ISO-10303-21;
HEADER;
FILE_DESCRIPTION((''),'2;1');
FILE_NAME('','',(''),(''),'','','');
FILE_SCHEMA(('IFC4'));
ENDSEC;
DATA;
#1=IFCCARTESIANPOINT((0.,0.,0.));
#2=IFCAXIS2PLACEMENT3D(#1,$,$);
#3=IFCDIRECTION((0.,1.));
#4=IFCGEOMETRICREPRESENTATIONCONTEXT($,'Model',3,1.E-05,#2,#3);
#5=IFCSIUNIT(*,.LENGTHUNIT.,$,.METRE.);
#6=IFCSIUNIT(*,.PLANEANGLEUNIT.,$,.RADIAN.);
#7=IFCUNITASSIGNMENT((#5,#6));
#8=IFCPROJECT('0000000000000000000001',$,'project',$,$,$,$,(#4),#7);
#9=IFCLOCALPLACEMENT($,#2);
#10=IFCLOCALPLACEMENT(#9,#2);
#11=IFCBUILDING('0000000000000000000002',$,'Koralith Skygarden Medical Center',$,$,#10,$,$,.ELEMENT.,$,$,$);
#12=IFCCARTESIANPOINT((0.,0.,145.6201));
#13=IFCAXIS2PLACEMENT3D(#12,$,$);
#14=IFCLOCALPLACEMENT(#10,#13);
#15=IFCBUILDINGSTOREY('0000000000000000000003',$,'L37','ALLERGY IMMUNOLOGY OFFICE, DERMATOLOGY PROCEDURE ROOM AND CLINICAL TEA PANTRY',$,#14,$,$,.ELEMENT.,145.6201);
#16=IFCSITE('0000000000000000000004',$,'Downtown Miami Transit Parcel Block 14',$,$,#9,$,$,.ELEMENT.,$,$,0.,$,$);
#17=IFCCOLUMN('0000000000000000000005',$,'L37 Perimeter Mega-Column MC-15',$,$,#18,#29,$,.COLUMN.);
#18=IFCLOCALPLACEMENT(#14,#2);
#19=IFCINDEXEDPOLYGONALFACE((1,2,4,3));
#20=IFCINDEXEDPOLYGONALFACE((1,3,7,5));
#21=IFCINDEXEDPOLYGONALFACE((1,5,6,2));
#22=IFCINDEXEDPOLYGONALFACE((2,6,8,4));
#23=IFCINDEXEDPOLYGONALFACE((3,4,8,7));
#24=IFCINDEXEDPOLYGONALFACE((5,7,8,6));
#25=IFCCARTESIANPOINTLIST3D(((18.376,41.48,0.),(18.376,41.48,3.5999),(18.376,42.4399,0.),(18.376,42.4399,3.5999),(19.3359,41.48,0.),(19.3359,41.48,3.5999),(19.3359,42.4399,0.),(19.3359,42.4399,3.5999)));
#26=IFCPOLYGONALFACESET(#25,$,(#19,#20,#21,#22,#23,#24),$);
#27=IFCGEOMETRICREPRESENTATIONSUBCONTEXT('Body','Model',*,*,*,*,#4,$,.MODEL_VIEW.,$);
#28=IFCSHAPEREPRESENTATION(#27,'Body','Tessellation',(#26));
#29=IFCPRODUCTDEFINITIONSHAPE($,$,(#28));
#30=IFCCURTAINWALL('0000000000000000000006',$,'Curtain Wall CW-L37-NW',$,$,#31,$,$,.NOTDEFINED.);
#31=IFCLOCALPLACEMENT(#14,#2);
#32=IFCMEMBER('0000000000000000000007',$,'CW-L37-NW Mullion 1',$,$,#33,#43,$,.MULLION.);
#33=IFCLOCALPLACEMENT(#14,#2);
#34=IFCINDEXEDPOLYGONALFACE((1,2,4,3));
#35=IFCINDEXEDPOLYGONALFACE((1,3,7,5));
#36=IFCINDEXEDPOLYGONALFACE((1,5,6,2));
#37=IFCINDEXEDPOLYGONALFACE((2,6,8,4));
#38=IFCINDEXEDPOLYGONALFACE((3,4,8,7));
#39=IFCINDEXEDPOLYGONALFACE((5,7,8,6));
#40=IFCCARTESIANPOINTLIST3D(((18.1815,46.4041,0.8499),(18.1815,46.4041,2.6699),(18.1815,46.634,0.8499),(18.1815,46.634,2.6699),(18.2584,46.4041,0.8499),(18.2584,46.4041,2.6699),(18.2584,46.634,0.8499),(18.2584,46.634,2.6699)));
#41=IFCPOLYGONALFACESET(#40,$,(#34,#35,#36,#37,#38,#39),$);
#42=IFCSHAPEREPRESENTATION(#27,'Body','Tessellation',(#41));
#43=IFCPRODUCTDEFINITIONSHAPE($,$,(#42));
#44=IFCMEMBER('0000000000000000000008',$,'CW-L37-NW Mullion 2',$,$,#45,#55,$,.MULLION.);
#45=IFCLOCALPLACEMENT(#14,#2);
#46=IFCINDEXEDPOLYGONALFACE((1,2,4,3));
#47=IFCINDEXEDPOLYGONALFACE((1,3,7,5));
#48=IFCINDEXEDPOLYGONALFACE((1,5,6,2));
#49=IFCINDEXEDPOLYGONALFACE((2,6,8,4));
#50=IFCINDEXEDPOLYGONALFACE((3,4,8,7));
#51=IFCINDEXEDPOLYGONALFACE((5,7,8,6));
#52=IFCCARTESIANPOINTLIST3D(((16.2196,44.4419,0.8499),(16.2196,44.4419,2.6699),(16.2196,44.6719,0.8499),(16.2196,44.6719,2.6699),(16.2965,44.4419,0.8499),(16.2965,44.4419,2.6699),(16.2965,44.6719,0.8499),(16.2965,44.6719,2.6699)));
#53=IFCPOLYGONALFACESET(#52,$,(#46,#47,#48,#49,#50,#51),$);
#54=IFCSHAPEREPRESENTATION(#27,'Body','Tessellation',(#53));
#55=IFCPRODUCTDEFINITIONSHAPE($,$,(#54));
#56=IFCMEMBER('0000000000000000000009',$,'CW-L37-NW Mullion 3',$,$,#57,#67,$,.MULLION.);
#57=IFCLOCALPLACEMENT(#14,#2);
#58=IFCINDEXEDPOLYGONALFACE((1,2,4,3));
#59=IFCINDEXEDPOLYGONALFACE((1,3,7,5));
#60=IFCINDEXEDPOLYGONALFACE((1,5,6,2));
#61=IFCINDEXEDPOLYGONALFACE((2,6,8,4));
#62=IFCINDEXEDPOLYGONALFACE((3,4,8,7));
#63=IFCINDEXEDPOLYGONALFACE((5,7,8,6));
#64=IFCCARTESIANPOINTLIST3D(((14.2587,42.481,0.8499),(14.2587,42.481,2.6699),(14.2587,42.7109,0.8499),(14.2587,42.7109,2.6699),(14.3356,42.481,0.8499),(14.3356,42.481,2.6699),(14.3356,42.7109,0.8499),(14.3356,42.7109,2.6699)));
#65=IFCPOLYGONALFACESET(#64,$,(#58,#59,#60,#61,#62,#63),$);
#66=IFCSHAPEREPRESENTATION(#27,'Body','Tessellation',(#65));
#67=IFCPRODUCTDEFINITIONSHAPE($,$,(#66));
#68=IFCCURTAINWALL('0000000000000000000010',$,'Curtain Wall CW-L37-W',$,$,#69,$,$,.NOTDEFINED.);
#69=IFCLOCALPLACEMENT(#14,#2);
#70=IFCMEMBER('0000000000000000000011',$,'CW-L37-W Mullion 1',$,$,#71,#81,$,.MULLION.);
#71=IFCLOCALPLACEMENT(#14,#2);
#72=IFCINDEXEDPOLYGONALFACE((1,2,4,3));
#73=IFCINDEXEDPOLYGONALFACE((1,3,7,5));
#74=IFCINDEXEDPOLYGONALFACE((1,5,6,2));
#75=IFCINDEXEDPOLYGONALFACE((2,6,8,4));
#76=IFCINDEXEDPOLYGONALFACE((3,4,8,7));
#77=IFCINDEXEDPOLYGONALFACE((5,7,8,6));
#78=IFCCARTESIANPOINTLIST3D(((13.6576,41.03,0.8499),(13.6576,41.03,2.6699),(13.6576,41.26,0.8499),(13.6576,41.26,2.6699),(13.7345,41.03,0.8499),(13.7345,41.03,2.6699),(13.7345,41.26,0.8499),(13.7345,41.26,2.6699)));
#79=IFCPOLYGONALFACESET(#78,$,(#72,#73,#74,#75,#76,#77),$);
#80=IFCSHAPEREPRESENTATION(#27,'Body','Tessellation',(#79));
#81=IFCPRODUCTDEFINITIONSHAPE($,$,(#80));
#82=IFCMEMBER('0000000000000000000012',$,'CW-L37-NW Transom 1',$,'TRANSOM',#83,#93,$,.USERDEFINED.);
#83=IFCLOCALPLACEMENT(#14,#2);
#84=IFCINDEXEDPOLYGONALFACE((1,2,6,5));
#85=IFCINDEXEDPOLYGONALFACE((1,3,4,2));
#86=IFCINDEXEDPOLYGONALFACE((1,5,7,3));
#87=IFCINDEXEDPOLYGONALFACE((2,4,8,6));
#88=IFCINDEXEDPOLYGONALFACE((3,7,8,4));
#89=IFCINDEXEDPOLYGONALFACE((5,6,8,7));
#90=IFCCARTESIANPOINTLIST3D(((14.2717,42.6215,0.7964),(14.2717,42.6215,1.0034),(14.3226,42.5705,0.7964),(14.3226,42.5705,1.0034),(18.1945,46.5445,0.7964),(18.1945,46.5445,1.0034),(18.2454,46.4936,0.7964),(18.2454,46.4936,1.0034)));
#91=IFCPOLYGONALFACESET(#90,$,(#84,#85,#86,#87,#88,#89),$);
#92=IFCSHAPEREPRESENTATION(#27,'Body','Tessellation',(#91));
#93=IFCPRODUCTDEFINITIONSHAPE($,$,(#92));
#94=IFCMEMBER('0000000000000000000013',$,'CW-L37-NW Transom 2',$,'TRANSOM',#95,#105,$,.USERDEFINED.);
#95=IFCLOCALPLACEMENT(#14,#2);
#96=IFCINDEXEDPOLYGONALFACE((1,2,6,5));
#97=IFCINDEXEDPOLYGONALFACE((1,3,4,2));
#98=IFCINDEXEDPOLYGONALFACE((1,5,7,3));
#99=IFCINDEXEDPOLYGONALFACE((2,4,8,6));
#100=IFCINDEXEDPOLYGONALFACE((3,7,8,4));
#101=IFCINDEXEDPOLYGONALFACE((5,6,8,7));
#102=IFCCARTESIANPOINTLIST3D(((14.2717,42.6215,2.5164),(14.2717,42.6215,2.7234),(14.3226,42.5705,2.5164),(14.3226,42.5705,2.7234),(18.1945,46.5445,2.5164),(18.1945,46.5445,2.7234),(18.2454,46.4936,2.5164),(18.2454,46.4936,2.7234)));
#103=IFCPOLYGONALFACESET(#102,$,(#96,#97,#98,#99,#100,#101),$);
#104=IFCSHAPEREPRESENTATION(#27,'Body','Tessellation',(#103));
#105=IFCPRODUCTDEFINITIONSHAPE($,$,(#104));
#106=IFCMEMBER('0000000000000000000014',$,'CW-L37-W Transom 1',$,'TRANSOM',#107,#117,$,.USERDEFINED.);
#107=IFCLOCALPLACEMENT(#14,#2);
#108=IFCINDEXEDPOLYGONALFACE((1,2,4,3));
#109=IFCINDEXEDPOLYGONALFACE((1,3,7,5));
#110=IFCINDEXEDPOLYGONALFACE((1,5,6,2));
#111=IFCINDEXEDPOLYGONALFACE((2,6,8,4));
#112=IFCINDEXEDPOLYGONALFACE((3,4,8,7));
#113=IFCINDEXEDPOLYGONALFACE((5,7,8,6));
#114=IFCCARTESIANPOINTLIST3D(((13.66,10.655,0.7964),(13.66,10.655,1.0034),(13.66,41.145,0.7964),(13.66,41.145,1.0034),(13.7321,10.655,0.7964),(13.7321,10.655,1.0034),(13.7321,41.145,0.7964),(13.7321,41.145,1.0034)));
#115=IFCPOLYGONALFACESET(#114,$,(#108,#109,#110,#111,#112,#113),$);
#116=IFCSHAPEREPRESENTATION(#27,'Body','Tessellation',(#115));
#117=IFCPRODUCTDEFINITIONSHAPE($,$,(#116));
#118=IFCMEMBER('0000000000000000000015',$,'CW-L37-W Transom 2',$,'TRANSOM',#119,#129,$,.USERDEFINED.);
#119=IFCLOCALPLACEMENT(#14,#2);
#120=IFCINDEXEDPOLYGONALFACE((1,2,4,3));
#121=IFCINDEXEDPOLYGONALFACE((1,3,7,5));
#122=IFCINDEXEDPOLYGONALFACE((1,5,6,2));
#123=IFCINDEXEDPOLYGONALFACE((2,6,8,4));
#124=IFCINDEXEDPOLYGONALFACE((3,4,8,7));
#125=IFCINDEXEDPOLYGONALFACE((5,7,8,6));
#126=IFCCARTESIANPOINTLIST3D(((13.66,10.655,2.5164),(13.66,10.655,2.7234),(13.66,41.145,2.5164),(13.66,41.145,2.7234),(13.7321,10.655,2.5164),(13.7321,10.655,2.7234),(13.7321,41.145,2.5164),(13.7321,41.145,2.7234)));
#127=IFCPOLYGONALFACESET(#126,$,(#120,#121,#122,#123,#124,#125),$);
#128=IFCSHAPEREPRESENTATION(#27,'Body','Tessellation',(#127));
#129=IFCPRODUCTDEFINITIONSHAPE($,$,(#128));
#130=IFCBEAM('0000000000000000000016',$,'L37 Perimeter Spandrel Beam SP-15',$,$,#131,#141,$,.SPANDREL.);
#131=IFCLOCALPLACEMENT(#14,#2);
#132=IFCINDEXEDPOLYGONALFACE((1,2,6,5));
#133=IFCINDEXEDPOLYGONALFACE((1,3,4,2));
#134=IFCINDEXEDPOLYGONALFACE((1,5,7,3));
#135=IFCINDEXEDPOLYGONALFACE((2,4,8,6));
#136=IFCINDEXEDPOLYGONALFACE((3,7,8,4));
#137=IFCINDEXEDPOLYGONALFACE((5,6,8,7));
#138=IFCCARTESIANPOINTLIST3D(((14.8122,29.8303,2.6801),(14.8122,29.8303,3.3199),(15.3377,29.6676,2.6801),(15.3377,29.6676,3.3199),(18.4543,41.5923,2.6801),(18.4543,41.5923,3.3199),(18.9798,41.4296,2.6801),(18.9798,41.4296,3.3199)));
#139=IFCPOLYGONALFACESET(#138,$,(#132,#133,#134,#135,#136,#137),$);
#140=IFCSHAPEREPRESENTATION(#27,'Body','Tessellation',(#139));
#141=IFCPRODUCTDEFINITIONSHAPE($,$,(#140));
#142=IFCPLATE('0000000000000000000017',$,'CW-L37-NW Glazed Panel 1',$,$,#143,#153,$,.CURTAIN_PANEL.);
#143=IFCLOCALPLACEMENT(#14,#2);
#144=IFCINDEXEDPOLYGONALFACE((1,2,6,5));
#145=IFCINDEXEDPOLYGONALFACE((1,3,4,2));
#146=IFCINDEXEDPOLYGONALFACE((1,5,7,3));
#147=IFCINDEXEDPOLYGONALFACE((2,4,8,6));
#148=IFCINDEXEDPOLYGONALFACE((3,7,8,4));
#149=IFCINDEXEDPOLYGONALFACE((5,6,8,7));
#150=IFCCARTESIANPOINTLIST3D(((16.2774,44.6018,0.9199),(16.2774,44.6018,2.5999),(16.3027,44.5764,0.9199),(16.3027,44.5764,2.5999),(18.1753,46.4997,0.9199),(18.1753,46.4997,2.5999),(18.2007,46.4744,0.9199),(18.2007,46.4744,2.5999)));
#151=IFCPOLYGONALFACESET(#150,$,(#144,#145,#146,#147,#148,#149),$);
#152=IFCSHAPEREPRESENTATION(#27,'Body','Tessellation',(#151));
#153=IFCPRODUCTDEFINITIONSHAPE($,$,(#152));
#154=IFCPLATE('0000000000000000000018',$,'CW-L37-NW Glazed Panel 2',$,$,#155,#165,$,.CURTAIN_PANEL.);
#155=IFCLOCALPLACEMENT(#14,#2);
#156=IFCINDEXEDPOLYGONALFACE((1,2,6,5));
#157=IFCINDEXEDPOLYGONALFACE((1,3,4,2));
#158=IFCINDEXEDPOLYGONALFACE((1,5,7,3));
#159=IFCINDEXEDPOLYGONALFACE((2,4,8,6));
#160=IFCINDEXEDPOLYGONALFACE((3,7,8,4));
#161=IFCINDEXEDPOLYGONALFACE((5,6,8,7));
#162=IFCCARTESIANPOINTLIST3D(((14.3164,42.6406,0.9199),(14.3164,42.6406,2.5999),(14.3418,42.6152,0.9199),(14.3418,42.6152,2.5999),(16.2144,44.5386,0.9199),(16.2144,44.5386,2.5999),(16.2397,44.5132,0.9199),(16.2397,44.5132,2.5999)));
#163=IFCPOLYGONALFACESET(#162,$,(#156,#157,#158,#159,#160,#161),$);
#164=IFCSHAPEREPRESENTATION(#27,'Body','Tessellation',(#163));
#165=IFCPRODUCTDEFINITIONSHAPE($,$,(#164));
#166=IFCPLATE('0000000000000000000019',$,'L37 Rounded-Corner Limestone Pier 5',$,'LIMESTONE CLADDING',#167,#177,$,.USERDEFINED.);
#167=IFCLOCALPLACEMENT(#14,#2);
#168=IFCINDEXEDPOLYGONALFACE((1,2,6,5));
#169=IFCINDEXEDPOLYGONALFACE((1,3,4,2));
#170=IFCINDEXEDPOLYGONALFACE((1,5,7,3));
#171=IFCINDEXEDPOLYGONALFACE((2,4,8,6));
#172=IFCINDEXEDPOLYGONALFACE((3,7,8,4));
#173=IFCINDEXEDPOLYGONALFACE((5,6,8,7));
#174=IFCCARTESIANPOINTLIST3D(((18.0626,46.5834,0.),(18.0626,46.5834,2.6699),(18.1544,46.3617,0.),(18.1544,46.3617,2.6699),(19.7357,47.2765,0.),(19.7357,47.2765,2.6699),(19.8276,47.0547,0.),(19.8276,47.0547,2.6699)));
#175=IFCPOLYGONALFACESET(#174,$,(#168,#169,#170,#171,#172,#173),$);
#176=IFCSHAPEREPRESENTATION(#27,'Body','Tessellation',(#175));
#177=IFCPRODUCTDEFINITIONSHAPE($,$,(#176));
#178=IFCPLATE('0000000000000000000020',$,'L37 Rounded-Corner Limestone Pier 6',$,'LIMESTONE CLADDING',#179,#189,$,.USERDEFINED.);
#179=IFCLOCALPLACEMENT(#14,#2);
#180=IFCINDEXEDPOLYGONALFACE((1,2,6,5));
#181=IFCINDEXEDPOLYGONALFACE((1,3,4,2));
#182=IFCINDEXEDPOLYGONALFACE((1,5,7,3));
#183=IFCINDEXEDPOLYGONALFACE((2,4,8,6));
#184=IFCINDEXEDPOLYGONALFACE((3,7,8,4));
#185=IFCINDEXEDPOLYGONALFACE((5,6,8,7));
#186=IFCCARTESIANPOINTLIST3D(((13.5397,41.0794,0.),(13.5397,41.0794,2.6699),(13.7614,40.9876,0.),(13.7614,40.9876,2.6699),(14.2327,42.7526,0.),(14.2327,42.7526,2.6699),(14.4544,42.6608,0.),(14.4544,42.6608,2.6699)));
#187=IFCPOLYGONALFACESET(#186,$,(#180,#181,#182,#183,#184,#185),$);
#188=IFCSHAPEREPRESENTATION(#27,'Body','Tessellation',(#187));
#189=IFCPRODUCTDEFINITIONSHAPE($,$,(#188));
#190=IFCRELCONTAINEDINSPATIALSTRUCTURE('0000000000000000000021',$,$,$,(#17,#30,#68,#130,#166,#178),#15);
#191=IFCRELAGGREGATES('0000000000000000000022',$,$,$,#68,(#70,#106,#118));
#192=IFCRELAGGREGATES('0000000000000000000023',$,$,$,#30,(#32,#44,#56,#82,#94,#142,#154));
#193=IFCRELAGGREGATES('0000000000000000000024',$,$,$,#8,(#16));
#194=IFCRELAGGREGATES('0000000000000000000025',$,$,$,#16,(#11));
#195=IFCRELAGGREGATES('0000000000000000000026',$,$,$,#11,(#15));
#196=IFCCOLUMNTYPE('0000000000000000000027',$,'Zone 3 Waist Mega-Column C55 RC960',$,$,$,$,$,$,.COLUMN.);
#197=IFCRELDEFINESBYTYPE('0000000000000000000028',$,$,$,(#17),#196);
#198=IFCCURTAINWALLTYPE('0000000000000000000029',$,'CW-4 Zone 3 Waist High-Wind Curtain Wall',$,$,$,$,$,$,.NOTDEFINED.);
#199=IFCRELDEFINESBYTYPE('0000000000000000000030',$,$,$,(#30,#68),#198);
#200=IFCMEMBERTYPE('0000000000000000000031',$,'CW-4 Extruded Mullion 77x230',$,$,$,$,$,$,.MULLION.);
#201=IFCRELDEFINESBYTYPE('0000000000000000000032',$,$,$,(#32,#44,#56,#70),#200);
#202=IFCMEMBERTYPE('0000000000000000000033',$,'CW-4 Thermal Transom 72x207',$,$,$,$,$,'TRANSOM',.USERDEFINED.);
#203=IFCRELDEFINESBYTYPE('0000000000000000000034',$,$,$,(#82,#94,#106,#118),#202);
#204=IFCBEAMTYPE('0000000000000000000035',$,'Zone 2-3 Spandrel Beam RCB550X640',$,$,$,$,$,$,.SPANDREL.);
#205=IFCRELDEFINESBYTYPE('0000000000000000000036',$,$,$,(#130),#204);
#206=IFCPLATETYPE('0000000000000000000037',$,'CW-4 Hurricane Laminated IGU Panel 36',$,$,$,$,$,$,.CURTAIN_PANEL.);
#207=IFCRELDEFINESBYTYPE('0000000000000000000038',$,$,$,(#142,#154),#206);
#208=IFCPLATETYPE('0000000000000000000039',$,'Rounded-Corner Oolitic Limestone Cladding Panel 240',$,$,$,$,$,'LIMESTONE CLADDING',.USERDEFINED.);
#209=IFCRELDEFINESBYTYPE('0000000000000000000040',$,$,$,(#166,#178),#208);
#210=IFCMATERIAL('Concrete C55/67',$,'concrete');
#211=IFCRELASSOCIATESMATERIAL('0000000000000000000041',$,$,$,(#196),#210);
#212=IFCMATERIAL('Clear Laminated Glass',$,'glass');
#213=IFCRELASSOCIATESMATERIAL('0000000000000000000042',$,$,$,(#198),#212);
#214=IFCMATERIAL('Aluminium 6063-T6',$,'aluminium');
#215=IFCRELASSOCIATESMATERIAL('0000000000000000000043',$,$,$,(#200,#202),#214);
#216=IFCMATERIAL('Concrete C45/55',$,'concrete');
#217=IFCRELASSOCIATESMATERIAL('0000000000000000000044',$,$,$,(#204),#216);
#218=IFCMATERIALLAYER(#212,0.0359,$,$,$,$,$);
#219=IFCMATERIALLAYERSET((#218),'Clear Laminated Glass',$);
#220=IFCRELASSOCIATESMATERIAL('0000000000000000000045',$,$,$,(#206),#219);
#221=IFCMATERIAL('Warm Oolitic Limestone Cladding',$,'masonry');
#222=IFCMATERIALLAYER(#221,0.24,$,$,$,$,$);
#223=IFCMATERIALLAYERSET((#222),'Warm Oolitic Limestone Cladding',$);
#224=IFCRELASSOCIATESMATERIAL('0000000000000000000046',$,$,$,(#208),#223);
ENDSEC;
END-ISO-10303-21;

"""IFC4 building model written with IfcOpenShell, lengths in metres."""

from ifc_helpers import new_model, si_unit, direction, frame, origin, origin_2d, place, context, subcontext, project, spatial, rectangle, extrude, material, layer, layer_set, material_profile, profile_set, type_object, element, aggregate, save


model = new_model("IFC4")

# Units and contexts
model_context = context("Model", 3, precision=1e-05, world=origin(), true_north=direction((0.0, 1.0)))
body_context = subcontext(model_context, "Body", "Model", "MODEL_VIEW")
ifc_project = project(units=[si_unit("LENGTHUNIT", "METRE"), si_unit("PLANEANGLEUNIT", "RADIAN")], contexts=[model_context])

# Site, building, storey
site_placement = place(None, origin())
site = spatial("IfcSite", under=ifc_project, at=site_placement, Name="Downtown Miami Transit Parcel Block 14", CompositionType="ELEMENT", RefElevation=0.0)
building_placement = place(site_placement, origin())
building = spatial("IfcBuilding", under=site, at=building_placement, Name="Koralith Skygarden Medical Center", CompositionType="ELEMENT")
storey_placement = place(building_placement, frame((0.0, 0.0, 145.6201)))
storey = spatial("IfcBuildingStorey", under=building, at=storey_placement, Name="L37", Description="ALLERGY IMMUNOLOGY OFFICE, DERMATOLOGY PROCEDURE ROOM AND CLINICAL TEA PANTRY", CompositionType="ELEMENT", Elevation=145.6201)

# Column
ifc_material_1 = material(Name="Concrete C55/67", Category="concrete")
ifc_material_profile_1 = material_profile(ifc_material_1, rectangle(XDim=0.96, YDim=0.96, at=origin_2d()), Name="RC960X960")
ifc_profile_set_1 = profile_set([ifc_material_profile_1], Name="Concrete C55/67")
column_type = type_object("IfcColumnType", Name="Zone 3 Waist Mega-Column C55 RC960", PredefinedType="COLUMN", material=ifc_profile_set_1)
column_placement = place(storey_placement, frame((18.856, 41.96, 0.0), z_axis=(0.0, 0.0, 1.0), x_axis=(1.0, 0.0, 0.0)))
element("IfcColumn", 1, at=column_placement, inside=storey, type_object=column_type, Name="L37 Perimeter Mega-Column MC-15", PredefinedType="COLUMN", context=body_context, shape_type="SweptSolid", body=[
    extrude(rectangle(XDim=0.96, YDim=0.96, at=origin_2d()), origin(), (0.0, 0.0, 1.0), 3.5999),
])

# Curtain wall, members
ifc_material_2 = material(Name="Clear Laminated Glass", Category="glass")
curtain_wall_type = type_object("IfcCurtainWallType", Name="CW-4 Zone 3 Waist High-Wind Curtain Wall", PredefinedType="NOTDEFINED", material=ifc_material_2)
curtain_wall_1_placement = place(storey_placement, origin())
curtain_wall_1 = element("IfcCurtainWall", 2, at=curtain_wall_1_placement, inside=storey, type_object=curtain_wall_type, Name="Curtain Wall CW-L37-NW", PredefinedType="NOTDEFINED")
ifc_material_3 = material(Name="Aluminium 6063-T6", Category="aluminium")
ifc_material_profile_2 = material_profile(ifc_material_3, rectangle(XDim=0.0769, YDim=0.23, at=origin_2d()), Name="MUL77X230")
ifc_profile_set_2 = profile_set([ifc_material_profile_2], Name="Aluminium 6063-T6")
member_type_1 = type_object("IfcMemberType", Name="CW-4 Extruded Mullion 77x230", PredefinedType="MULLION", material=ifc_profile_set_2)
member_1_placement = place(storey_placement, frame((18.22, 46.519, 0.8499), z_axis=(0.0, 0.0, 1.0), x_axis=(1.0, 0.0, 0.0)))
member_1 = element("IfcMember", 3, at=member_1_placement, type_object=member_type_1, Name="CW-L37-NW Mullion 1", PredefinedType="MULLION", context=body_context, shape_type="SweptSolid", body=[
    extrude(rectangle(XDim=0.0769, YDim=0.23, at=origin_2d()), origin(), (0.0, 0.0, 1.0), 1.8201),
])
member_2_placement = place(storey_placement, frame((16.2581, 44.5569, 0.8499), z_axis=(0.0, 0.0, 1.0), x_axis=(1.0, 0.0, 0.0)))
member_2 = element("IfcMember", 4, at=member_2_placement, type_object=member_type_1, Name="CW-L37-NW Mullion 2", PredefinedType="MULLION", context=body_context, shape_type="SweptSolid", body=[
    extrude(rectangle(XDim=0.0769, YDim=0.23, at=origin_2d()), origin(), (0.0, 0.0, 1.0), 1.8201),
])
member_3_placement = place(storey_placement, frame((14.2971, 42.5959, 0.8499), z_axis=(0.0, 0.0, 1.0), x_axis=(1.0, 0.0, 0.0)))
member_3 = element("IfcMember", 5, at=member_3_placement, type_object=member_type_1, Name="CW-L37-NW Mullion 3", PredefinedType="MULLION", context=body_context, shape_type="SweptSolid", body=[
    extrude(rectangle(XDim=0.0769, YDim=0.23, at=origin_2d()), origin(), (0.0, 0.0, 1.0), 1.8201),
])

# Curtain wall, member
curtain_wall_2_placement = place(storey_placement, origin())
curtain_wall_2 = element("IfcCurtainWall", 6, at=curtain_wall_2_placement, inside=storey, type_object=curtain_wall_type, Name="Curtain Wall CW-L37-W", PredefinedType="NOTDEFINED")
member_4_placement = place(storey_placement, frame((13.696, 41.145, 0.8499), z_axis=(0.0, 0.0, 1.0), x_axis=(1.0, 0.0, 0.0)))
member_4 = element("IfcMember", 7, at=member_4_placement, type_object=member_type_1, Name="CW-L37-W Mullion 1", PredefinedType="MULLION", context=body_context, shape_type="SweptSolid", body=[
    extrude(rectangle(XDim=0.0769, YDim=0.23, at=origin_2d()), origin(), (0.0, 0.0, 1.0), 1.8201),
])

# Members
ifc_material_profile_3 = material_profile(ifc_material_3, rectangle(XDim=0.072, YDim=0.207, at=origin_2d()), Name="TRN72X207")
ifc_profile_set_3 = profile_set([ifc_material_profile_3], Name="Aluminium 6063-T6")
member_type_2 = type_object("IfcMemberType", Name="CW-4 Thermal Transom 72x207", ElementType="TRANSOM", PredefinedType="USERDEFINED", material=ifc_profile_set_3)
member_5_placement = place(storey_placement, frame((18.22, 46.519, 0.8999), z_axis=(-0.707085, -0.707129, 0.0), x_axis=(0.707129, -0.707085, 0.0)))
member_5 = element("IfcMember", 8, at=member_5_placement, type_object=member_type_2, Name="CW-L37-NW Transom 1", ObjectType="TRANSOM", PredefinedType="USERDEFINED", context=body_context, shape_type="SweptSolid", body=[
    extrude(rectangle(XDim=0.072, YDim=0.207, at=origin_2d()), origin(), (0.0, 0.0, 1.0), 5.5479),
])
member_6_placement = place(storey_placement, frame((18.22, 46.519, 2.6199), z_axis=(-0.707085, -0.707129, 0.0), x_axis=(0.707129, -0.707085, 0.0)))
member_6 = element("IfcMember", 9, at=member_6_placement, type_object=member_type_2, Name="CW-L37-NW Transom 2", ObjectType="TRANSOM", PredefinedType="USERDEFINED", context=body_context, shape_type="SweptSolid", body=[
    extrude(rectangle(XDim=0.072, YDim=0.207, at=origin_2d()), origin(), (0.0, 0.0, 1.0), 5.5479),
])
member_7_placement = place(storey_placement, frame((13.696, 41.145, 0.8999), z_axis=(0.0, -1.0, 0.0), x_axis=(1.0, 0.0, 0.0)))
member_7 = element("IfcMember", 10, at=member_7_placement, type_object=member_type_2, Name="CW-L37-W Transom 1", ObjectType="TRANSOM", PredefinedType="USERDEFINED", context=body_context, shape_type="SweptSolid", body=[
    extrude(rectangle(XDim=0.072, YDim=0.207, at=origin_2d()), origin(), (0.0, 0.0, 1.0), 30.49),
])
member_8_placement = place(storey_placement, frame((13.696, 41.145, 2.6199), z_axis=(0.0, -1.0, 0.0), x_axis=(1.0, 0.0, 0.0)))
member_8 = element("IfcMember", 11, at=member_8_placement, type_object=member_type_2, Name="CW-L37-W Transom 2", ObjectType="TRANSOM", PredefinedType="USERDEFINED", context=body_context, shape_type="SweptSolid", body=[
    extrude(rectangle(XDim=0.072, YDim=0.207, at=origin_2d()), origin(), (0.0, 0.0, 1.0), 30.49),
])
aggregate(curtain_wall_2, [member_4, member_7, member_8])

# Beam
ifc_material_4 = material(Name="Concrete C45/55", Category="concrete")
ifc_material_profile_4 = material_profile(ifc_material_4, rectangle(XDim=0.55, YDim=0.6399, at=origin_2d()), Name="RCB550X640")
ifc_profile_set_4 = profile_set([ifc_material_profile_4], Name="Concrete C45/55")
beam_type = type_object("IfcBeamType", Name="Zone 2-3 Spandrel Beam RCB550X640", PredefinedType="SPANDREL", material=ifc_profile_set_4)
beam_placement = place(storey_placement, frame((18.717, 41.511, 3.0), z_axis=(-0.295794, -0.955252, 0.0), x_axis=(0.955252, -0.295794, 0.0)))
element("IfcBeam", 12, at=beam_placement, inside=storey, type_object=beam_type, Name="L37 Perimeter Spandrel Beam SP-15", PredefinedType="SPANDREL", context=body_context, shape_type="SweptSolid", body=[
    extrude(rectangle(XDim=0.55, YDim=0.6399, at=origin_2d()), origin(), (0.0, 0.0, 1.0), 12.313),
])

# Plates
ifc_layer_1 = layer(ifc_material_2, 0.0359)
ifc_layer_set_1 = layer_set([ifc_layer_1], Name="Clear Laminated Glass")
plate_type_1 = type_object("IfcPlateType", Name="CW-4 Hurricane Laminated IGU Panel 36", PredefinedType="CURTAIN_PANEL", material=ifc_layer_set_1)
plate_1_placement = place(storey_placement, frame((17.239, 45.5381, 0.9199), z_axis=(0.0, 0.0, 1.0), x_axis=(-0.707107, -0.707107, 0.0)))
plate_1 = element("IfcPlate", 13, at=plate_1_placement, type_object=plate_type_1, Name="CW-L37-NW Glazed Panel 1", PredefinedType="CURTAIN_PANEL", context=body_context, shape_type="SweptSolid", body=[
    extrude(rectangle(XDim=2.6841, YDim=0.0359, at=origin_2d()), origin(), (0.0, 0.0, 1.0), 1.6799),
])
plate_2_placement = place(storey_placement, frame((15.2781, 43.5769, 0.9199), z_axis=(0.0, 0.0, 1.0), x_axis=(-0.707107, -0.707107, 0.0)))
plate_2 = element("IfcPlate", 14, at=plate_2_placement, type_object=plate_type_1, Name="CW-L37-NW Glazed Panel 2", PredefinedType="CURTAIN_PANEL", context=body_context, shape_type="SweptSolid", body=[
    extrude(rectangle(XDim=2.6841, YDim=0.0359, at=origin_2d()), origin(), (0.0, 0.0, 1.0), 1.6799),
])
aggregate(curtain_wall_1, [member_1, member_2, member_3, member_5, member_6, plate_1, plate_2])

# Plates
ifc_material_5 = material(Name="Warm Oolitic Limestone Cladding", Category="masonry")
ifc_layer_2 = layer(ifc_material_5, 0.24)
ifc_layer_set_2 = layer_set([ifc_layer_2], Name="Warm Oolitic Limestone Cladding")
plate_type_2 = type_object("IfcPlateType", Name="Rounded-Corner Oolitic Limestone Cladding Panel 240", ElementType="LIMESTONE CLADDING", PredefinedType="USERDEFINED", material=ifc_layer_set_2)
for number, where, z_axis, x_axis, name in (
    (15, (18.9451, 46.8191, 0.0), (0.0, 0.0, 1.0), (-0.923885, -0.382671, 0.0), "L37 Rounded-Corner Limestone Pier 5"),
    (16, (13.9971, 41.8701, 0.0), (0.0, 0.0, 1.0), (-0.382671, -0.923885, 0.0), "L37 Rounded-Corner Limestone Pier 6"),
):
    element("IfcPlate", number, at=place(storey_placement, frame(where, z_axis=z_axis, x_axis=x_axis)), inside=storey, type_object=plate_type_2, Name=name, ObjectType="LIMESTONE CLADDING", PredefinedType="USERDEFINED", context=body_context, shape_type="SweptSolid", body=[
        extrude(rectangle(XDim=1.811, YDim=0.24, at=origin_2d()), origin(), (0.0, 0.0, 1.0), 2.6699),
    ])

save(model, "model.ifc")
